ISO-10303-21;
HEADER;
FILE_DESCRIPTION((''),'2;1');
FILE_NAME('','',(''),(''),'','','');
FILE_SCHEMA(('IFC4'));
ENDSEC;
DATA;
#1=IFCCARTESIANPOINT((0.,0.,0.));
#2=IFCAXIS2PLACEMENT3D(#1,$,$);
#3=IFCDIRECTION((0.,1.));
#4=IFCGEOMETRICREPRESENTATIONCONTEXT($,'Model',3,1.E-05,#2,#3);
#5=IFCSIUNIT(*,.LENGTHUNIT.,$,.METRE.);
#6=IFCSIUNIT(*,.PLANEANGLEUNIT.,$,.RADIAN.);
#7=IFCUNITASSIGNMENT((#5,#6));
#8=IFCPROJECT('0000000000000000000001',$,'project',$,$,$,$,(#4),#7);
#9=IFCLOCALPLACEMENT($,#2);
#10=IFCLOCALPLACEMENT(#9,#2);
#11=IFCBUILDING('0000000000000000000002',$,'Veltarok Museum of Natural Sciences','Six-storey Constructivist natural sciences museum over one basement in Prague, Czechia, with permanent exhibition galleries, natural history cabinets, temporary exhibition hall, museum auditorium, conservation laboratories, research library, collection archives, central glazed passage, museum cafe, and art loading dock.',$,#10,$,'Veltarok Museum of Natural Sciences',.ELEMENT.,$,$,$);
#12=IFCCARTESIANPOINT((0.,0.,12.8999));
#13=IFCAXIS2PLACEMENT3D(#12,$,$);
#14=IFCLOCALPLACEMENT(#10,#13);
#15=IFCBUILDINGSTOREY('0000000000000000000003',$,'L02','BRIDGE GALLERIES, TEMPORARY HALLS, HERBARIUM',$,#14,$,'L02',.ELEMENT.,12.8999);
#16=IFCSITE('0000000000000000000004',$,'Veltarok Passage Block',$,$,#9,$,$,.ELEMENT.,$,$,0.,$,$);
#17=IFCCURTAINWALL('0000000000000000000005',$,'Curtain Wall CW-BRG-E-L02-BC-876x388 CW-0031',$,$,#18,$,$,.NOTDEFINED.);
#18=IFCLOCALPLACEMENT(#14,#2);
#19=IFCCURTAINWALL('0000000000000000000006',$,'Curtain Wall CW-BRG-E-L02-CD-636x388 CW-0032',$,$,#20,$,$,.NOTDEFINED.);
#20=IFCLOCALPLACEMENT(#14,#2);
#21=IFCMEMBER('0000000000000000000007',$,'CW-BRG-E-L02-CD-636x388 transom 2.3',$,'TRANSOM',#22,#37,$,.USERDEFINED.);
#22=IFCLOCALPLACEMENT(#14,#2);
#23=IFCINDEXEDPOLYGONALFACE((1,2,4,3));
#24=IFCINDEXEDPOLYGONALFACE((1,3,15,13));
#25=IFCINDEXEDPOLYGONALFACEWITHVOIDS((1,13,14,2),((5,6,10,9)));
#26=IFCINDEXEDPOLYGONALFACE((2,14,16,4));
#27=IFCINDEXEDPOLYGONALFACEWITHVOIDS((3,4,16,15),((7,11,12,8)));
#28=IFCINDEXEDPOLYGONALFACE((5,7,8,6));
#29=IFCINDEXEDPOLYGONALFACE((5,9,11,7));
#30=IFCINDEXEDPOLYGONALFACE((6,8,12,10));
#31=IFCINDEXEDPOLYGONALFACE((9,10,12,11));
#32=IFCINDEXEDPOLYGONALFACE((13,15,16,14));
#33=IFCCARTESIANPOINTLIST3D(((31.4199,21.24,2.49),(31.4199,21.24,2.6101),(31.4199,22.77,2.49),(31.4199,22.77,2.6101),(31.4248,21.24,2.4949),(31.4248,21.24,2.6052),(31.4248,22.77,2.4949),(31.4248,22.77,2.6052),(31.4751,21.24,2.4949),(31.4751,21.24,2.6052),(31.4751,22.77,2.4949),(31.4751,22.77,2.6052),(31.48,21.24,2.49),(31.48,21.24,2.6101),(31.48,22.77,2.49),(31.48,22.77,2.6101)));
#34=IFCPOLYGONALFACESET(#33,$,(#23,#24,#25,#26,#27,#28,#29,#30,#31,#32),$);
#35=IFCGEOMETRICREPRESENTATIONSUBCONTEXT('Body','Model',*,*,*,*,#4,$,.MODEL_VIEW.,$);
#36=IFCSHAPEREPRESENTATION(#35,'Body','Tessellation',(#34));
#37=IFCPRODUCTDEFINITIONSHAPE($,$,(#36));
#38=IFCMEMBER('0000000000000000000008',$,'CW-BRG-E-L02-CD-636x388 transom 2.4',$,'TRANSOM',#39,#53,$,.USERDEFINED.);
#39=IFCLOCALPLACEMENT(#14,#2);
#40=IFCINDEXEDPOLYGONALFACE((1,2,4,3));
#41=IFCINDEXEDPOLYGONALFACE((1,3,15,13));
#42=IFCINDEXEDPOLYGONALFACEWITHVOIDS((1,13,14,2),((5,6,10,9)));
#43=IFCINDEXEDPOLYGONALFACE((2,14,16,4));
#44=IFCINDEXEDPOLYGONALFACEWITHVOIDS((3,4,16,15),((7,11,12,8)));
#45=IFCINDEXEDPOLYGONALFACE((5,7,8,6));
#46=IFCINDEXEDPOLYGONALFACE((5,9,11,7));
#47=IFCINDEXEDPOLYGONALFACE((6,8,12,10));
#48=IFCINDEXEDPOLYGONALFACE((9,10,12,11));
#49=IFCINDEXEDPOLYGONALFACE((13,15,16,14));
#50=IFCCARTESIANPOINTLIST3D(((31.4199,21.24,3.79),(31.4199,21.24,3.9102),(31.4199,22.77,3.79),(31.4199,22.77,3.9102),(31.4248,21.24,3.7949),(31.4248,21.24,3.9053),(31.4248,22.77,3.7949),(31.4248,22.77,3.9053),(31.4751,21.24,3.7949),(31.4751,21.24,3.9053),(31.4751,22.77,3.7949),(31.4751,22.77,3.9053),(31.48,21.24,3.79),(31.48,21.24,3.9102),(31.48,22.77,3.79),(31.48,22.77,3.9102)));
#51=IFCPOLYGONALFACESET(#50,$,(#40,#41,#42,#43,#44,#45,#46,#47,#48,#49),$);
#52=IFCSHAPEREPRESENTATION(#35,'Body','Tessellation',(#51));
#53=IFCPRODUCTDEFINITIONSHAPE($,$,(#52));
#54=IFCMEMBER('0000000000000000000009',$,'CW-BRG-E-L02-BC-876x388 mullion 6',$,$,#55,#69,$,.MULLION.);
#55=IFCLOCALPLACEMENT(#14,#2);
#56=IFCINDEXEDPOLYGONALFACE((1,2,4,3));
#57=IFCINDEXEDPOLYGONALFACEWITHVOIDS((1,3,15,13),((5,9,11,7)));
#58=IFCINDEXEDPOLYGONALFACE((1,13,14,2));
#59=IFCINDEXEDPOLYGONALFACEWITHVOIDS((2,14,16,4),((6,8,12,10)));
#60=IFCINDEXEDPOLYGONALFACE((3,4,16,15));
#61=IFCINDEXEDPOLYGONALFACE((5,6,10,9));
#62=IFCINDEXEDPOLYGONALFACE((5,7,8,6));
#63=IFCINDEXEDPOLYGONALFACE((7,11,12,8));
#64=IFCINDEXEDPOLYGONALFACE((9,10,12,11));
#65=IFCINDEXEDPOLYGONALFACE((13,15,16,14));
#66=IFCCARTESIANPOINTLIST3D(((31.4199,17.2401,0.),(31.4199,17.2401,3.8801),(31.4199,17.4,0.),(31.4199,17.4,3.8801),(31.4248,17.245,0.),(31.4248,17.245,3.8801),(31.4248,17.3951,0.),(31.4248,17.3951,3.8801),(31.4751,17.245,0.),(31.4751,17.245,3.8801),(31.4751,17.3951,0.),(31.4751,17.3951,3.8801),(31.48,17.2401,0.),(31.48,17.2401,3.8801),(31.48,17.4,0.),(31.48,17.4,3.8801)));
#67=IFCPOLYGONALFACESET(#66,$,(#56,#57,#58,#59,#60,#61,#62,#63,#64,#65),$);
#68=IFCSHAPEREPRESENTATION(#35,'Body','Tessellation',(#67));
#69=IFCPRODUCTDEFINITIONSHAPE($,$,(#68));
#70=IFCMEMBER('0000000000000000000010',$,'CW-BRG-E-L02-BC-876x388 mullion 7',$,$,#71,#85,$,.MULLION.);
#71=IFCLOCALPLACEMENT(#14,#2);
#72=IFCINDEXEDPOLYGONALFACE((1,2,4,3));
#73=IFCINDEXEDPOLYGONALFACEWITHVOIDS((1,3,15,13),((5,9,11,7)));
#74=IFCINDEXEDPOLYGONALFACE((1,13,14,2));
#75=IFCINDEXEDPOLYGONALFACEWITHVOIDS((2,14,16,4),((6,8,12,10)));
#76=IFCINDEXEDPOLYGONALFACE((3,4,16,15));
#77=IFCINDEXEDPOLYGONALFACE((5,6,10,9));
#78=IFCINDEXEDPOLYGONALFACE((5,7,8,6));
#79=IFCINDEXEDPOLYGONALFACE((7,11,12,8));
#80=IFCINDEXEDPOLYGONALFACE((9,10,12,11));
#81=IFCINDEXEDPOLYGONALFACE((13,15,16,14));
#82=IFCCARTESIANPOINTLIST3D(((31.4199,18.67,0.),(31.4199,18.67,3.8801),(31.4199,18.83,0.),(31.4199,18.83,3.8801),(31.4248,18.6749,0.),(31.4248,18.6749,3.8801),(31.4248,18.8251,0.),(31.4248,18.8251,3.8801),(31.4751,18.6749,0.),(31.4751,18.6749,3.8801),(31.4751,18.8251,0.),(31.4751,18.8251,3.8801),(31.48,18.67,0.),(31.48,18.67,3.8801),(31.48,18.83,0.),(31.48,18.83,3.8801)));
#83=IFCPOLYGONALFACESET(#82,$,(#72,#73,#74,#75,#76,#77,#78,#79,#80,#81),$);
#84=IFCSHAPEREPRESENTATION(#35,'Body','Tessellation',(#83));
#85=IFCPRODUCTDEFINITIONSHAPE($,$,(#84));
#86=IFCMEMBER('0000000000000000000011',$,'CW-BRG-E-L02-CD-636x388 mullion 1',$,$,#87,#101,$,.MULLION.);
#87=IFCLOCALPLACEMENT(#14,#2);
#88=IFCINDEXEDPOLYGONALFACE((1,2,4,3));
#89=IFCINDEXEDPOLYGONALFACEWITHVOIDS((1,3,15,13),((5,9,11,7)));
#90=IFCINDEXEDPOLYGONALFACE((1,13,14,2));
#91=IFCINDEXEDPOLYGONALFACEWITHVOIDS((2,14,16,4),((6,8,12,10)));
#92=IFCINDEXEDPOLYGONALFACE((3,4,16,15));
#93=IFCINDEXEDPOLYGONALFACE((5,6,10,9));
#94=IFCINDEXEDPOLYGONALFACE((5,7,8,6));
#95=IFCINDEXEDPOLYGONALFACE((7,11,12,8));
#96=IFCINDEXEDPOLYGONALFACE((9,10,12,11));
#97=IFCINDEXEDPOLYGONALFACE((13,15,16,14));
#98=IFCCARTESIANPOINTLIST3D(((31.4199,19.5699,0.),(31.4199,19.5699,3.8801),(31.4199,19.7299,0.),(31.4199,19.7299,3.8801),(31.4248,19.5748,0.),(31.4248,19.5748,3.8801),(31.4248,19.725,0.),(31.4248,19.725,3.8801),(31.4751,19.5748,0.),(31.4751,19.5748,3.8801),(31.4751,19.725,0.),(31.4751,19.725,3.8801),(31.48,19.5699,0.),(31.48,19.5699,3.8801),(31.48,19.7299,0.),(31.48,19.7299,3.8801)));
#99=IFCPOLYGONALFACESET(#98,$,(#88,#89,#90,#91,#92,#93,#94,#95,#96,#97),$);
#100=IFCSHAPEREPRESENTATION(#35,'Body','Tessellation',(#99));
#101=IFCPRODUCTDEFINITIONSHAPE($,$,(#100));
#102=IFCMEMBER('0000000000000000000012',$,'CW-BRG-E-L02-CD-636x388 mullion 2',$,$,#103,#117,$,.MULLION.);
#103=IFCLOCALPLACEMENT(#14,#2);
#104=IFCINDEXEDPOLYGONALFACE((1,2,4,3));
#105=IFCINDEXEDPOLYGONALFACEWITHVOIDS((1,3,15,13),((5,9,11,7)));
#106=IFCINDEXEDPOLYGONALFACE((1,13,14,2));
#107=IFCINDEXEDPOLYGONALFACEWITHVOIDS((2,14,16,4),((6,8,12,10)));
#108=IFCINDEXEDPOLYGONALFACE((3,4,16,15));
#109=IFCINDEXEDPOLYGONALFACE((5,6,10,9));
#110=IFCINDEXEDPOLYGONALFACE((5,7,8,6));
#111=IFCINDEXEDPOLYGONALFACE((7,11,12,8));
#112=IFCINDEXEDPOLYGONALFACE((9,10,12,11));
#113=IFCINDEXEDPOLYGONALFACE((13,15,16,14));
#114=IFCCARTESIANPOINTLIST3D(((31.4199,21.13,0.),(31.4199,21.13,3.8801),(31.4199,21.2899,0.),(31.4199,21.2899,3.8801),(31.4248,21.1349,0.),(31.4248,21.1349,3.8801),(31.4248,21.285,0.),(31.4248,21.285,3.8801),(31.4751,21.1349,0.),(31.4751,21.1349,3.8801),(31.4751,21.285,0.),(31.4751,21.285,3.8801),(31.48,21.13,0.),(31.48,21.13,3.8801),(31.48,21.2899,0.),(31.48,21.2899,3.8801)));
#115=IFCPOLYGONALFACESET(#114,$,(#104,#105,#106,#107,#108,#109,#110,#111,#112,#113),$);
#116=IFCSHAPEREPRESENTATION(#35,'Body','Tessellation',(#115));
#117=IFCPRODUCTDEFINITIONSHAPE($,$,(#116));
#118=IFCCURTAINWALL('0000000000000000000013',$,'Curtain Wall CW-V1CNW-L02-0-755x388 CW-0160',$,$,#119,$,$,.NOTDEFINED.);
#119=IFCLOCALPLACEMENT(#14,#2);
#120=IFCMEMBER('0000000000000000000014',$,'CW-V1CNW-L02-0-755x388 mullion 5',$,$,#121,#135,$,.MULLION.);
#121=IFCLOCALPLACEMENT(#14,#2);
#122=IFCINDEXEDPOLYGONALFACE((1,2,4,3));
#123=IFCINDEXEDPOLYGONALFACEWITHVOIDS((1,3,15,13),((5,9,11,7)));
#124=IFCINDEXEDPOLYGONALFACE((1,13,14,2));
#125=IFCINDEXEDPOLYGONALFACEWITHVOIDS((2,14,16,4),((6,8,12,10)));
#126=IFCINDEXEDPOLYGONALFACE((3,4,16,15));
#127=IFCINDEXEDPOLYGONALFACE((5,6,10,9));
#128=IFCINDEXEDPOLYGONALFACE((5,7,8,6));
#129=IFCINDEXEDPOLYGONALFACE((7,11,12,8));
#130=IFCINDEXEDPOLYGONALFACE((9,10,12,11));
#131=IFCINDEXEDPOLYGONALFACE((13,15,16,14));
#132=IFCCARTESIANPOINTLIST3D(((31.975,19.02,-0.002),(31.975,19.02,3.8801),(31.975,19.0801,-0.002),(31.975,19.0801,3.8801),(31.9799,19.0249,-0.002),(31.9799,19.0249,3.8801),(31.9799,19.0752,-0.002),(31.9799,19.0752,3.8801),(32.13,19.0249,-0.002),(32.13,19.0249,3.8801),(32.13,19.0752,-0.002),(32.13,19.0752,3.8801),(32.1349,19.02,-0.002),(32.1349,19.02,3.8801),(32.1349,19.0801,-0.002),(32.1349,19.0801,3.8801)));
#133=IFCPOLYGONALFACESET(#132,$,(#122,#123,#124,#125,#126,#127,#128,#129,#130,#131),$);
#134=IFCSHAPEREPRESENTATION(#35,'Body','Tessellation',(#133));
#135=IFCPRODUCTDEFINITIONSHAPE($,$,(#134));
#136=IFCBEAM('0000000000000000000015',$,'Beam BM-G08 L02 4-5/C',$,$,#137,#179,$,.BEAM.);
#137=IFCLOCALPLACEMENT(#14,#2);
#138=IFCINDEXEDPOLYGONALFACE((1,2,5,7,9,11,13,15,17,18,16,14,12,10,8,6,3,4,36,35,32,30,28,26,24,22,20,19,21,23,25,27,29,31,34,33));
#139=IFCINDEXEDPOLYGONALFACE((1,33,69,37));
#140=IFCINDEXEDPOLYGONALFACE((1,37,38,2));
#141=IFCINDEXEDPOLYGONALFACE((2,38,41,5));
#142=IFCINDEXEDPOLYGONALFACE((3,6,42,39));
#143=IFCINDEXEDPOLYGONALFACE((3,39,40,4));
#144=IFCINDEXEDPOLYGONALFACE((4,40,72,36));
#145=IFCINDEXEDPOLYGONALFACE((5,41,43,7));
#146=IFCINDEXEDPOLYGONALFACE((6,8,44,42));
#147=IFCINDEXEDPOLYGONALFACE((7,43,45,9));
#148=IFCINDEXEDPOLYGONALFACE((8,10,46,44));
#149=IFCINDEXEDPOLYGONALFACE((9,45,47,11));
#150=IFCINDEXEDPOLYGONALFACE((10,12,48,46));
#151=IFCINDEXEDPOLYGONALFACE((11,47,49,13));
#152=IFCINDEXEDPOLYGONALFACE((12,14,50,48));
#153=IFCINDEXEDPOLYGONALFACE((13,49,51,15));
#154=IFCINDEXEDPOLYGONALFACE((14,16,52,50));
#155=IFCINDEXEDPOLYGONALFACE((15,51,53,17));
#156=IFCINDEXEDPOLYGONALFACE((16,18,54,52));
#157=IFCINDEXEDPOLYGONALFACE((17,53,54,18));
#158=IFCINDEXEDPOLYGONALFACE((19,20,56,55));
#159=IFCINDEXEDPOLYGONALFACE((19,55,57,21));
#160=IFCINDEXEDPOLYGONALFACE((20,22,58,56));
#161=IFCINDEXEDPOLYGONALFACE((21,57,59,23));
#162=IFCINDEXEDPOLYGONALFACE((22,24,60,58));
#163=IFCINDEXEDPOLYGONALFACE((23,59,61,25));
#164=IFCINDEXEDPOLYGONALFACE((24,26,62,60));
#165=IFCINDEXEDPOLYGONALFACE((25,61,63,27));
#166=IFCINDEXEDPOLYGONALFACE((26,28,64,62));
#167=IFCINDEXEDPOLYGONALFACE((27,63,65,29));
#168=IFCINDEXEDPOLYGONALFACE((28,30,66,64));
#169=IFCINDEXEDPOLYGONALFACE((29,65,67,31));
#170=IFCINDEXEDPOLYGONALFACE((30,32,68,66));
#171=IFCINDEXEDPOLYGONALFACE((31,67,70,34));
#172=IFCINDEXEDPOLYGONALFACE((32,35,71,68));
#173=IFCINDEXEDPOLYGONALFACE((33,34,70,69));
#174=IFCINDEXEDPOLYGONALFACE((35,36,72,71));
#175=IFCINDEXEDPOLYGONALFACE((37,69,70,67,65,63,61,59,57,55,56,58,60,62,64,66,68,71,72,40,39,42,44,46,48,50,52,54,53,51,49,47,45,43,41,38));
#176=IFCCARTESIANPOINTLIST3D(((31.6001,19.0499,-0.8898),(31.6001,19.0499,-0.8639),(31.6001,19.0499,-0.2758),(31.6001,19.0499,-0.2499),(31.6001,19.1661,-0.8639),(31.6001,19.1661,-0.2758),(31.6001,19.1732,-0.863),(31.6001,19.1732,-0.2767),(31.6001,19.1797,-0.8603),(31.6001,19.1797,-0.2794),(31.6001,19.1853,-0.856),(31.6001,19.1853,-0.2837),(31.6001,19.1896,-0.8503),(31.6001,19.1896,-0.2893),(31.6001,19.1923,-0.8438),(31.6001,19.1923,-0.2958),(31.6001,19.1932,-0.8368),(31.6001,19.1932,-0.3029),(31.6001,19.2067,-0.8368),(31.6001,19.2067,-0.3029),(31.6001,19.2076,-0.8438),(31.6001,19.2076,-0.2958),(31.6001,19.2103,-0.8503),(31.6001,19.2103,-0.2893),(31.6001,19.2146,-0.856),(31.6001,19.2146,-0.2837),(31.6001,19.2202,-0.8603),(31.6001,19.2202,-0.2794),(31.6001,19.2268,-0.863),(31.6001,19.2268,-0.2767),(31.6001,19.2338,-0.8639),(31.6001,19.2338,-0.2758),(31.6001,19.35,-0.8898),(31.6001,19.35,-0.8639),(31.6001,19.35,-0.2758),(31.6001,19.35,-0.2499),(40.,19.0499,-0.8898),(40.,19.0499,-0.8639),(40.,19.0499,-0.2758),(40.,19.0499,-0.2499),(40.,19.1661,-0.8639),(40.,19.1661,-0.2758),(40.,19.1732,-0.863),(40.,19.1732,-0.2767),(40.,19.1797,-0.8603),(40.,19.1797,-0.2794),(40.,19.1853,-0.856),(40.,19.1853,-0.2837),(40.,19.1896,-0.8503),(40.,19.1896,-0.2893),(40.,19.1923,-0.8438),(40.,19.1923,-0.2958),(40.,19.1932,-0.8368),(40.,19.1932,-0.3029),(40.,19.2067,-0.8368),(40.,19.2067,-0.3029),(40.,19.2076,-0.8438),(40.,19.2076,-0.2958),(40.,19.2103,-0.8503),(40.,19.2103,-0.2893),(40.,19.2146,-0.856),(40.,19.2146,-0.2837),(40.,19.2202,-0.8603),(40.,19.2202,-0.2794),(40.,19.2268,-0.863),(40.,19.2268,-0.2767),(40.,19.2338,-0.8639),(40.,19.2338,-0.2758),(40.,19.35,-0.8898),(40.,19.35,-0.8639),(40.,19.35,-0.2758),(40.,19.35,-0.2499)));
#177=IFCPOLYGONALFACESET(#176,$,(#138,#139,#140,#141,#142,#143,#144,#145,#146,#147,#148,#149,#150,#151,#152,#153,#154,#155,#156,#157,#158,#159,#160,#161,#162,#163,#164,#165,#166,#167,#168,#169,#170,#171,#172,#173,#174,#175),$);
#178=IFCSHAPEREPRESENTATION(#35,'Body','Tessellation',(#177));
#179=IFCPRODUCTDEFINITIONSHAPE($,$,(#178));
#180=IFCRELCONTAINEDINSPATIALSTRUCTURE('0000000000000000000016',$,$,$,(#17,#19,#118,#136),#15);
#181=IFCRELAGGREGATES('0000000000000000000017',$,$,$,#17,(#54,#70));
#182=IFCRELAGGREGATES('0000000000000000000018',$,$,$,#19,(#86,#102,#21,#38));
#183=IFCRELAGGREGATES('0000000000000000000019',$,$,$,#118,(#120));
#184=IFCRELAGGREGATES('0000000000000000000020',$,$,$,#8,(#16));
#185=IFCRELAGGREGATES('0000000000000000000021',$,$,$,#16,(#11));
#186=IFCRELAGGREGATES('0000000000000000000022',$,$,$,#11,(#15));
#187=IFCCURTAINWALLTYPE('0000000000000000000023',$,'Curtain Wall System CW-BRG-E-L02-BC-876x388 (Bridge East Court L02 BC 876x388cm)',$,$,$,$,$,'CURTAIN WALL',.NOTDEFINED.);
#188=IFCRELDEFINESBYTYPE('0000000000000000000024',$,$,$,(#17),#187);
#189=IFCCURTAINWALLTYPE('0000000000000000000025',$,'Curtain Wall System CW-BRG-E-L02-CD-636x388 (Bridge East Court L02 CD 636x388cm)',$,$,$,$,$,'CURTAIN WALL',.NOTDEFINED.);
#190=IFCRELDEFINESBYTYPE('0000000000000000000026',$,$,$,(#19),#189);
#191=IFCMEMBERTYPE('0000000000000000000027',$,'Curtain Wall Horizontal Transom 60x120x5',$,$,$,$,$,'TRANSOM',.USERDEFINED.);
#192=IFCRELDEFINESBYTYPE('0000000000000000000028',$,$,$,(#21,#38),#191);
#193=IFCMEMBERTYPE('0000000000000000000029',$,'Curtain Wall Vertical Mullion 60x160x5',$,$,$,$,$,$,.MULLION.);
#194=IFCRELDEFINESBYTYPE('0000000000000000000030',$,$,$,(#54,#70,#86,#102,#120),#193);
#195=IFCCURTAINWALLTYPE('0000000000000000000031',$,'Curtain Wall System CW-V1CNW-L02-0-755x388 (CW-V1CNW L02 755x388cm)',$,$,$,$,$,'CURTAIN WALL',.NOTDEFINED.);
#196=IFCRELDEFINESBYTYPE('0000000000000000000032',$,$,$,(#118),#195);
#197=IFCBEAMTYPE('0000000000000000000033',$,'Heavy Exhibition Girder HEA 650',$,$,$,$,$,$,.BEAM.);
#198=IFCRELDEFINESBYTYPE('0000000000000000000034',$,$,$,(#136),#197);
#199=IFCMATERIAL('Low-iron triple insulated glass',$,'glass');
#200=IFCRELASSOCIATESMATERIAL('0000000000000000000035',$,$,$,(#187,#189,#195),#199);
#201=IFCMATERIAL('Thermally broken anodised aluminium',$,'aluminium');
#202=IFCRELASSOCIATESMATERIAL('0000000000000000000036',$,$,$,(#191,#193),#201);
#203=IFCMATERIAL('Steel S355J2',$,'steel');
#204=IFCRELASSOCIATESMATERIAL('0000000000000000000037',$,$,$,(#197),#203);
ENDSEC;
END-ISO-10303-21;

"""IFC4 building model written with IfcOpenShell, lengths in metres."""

from ifc_helpers import new_model, si_unit, direction, frame, origin, origin_2d, place, context, subcontext, project, spatial, hollow_rectangle, i_section, extrude, material, material_profile, profile_set, type_object, element, aggregate, save


model = new_model("IFC4")

# Units and contexts
model_context = context("Model", 3, precision=1e-05, world=origin(), true_north=direction((0.0, 1.0)))
body_context = subcontext(model_context, "Body", "Model", "MODEL_VIEW")
ifc_project = project(units=[si_unit("LENGTHUNIT", "METRE"), si_unit("PLANEANGLEUNIT", "RADIAN")], contexts=[model_context])

# Site, building, storey
site_placement = place(None, origin())
site = spatial("IfcSite", under=ifc_project, at=site_placement, Name="Veltarok Passage Block", CompositionType="ELEMENT", RefElevation=0.0)
building_placement = place(site_placement, origin())
building = spatial("IfcBuilding", under=site, at=building_placement, Name="Veltarok Museum of Natural Sciences", Description="Six-storey Constructivist natural sciences museum over one basement in Prague, Czechia, with permanent exhibition galleries, natural history cabinets, temporary exhibition hall, museum auditorium, conservation laboratories, research library, collection archives, central glazed passage, museum cafe, and art loading dock.", LongName="Veltarok Museum of Natural Sciences", CompositionType="ELEMENT")
storey_placement = place(building_placement, frame((0.0, 0.0, 12.8999)))
storey = spatial("IfcBuildingStorey", under=building, at=storey_placement, Name="L02", Description="BRIDGE GALLERIES, TEMPORARY HALLS, HERBARIUM", LongName="L02", CompositionType="ELEMENT", Elevation=12.8999)

# Curtain walls, members
ifc_material_1 = material(Name="Low-iron triple insulated glass", Category="glass")
curtain_wall_type_1 = type_object("IfcCurtainWallType", Name="Curtain Wall System CW-BRG-E-L02-BC-876x388 (Bridge East Court L02 BC 876x388cm)", ElementType="CURTAIN WALL", PredefinedType="NOTDEFINED", material=ifc_material_1)
curtain_wall_1_placement = place(storey_placement, origin())
curtain_wall_1 = element("IfcCurtainWall", 1, at=curtain_wall_1_placement, inside=storey, type_object=curtain_wall_type_1, Name="Curtain Wall CW-BRG-E-L02-BC-876x388 CW-0031", PredefinedType="NOTDEFINED")
ifc_material_2 = material(Name="Thermally broken anodised aluminium", Category="aluminium")
ifc_material_profile_1 = material_profile(ifc_material_2, hollow_rectangle(XDim=0.0601, YDim=0.1201, WallThickness=0.0049, at=origin_2d()), Name="CW TRANSOM 60x120x5")
ifc_profile_set_1 = profile_set([ifc_material_profile_1], Name="Thermally broken anodised aluminium")
member_type_1 = type_object("IfcMemberType", Name="Curtain Wall Horizontal Transom 60x120x5", ElementType="TRANSOM", PredefinedType="USERDEFINED", material=ifc_profile_set_1)
curtain_wall_type_2 = type_object("IfcCurtainWallType", Name="Curtain Wall System CW-BRG-E-L02-CD-636x388 (Bridge East Court L02 CD 636x388cm)", ElementType="CURTAIN WALL", PredefinedType="NOTDEFINED", material=ifc_material_1)
curtain_wall_2_placement = place(storey_placement, origin())
curtain_wall_2 = element("IfcCurtainWall", 2, at=curtain_wall_2_placement, inside=storey, type_object=curtain_wall_type_2, Name="Curtain Wall CW-BRG-E-L02-CD-636x388 CW-0032", PredefinedType="NOTDEFINED")
member_1_placement = place(storey_placement, frame((31.45, 21.24, 2.55), z_axis=(0.0, 1.0, 0.0), x_axis=(-1.0, 0.0, 0.0)))
member_1 = element("IfcMember", 3, at=member_1_placement, type_object=member_type_1, Name="CW-BRG-E-L02-CD-636x388 transom 2.3", ObjectType="TRANSOM", PredefinedType="USERDEFINED", context=body_context, shape_type="SweptSolid", body=[
    extrude(hollow_rectangle(XDim=0.0601, YDim=0.1201, WallThickness=0.0049, at=origin_2d()), origin(), (0.0, 0.0, 1.0), 1.53),
])
member_2_placement = place(storey_placement, frame((31.45, 21.24, 3.8501), z_axis=(0.0, 1.0, 0.0), x_axis=(-1.0, 0.0, 0.0)))
member_2 = element("IfcMember", 4, at=member_2_placement, type_object=member_type_1, Name="CW-BRG-E-L02-CD-636x388 transom 2.4", ObjectType="TRANSOM", PredefinedType="USERDEFINED", context=body_context, shape_type="SweptSolid", body=[
    extrude(hollow_rectangle(XDim=0.0601, YDim=0.1201, WallThickness=0.0049, at=origin_2d()), origin(), (0.0, 0.0, 1.0), 1.53),
])

# Members
ifc_material_profile_2 = material_profile(ifc_material_2, hollow_rectangle(XDim=0.0601, YDim=0.1599, WallThickness=0.0049, at=origin_2d()), Name="CW MULLION 60x160x5")
ifc_profile_set_2 = profile_set([ifc_material_profile_2], Name="Thermally broken anodised aluminium")
member_type_2 = type_object("IfcMemberType", Name="Curtain Wall Vertical Mullion 60x160x5", PredefinedType="MULLION", material=ifc_profile_set_2)
member_3_placement = place(storey_placement, frame((31.45, 17.3201, 0.0), z_axis=(0.0, 0.0, 1.0), x_axis=(-1.0, 0.0, 0.0)))
member_3 = element("IfcMember", 5, at=member_3_placement, type_object=member_type_2, Name="CW-BRG-E-L02-BC-876x388 mullion 6", PredefinedType="MULLION", context=body_context, shape_type="SweptSolid", body=[
    extrude(hollow_rectangle(XDim=0.0601, YDim=0.1599, WallThickness=0.0049, at=origin_2d()), origin(), (0.0, 0.0, 1.0), 3.8801),
])
member_4_placement = place(storey_placement, frame((31.45, 18.75, 0.0), z_axis=(0.0, 0.0, 1.0), x_axis=(-1.0, 0.0, 0.0)))
member_4 = element("IfcMember", 6, at=member_4_placement, type_object=member_type_2, Name="CW-BRG-E-L02-BC-876x388 mullion 7", PredefinedType="MULLION", context=body_context, shape_type="SweptSolid", body=[
    extrude(hollow_rectangle(XDim=0.0601, YDim=0.1599, WallThickness=0.0049, at=origin_2d()), origin(), (0.0, 0.0, 1.0), 3.8801),
])
member_5_placement = place(storey_placement, frame((31.45, 19.6499, 0.0), z_axis=(0.0, 0.0, 1.0), x_axis=(-1.0, 0.0, 0.0)))
member_5 = element("IfcMember", 7, at=member_5_placement, type_object=member_type_2, Name="CW-BRG-E-L02-CD-636x388 mullion 1", PredefinedType="MULLION", context=body_context, shape_type="SweptSolid", body=[
    extrude(hollow_rectangle(XDim=0.0601, YDim=0.1599, WallThickness=0.0049, at=origin_2d()), origin(), (0.0, 0.0, 1.0), 3.8801),
])
member_6_placement = place(storey_placement, frame((31.45, 21.21, 0.0), z_axis=(0.0, 0.0, 1.0), x_axis=(-1.0, 0.0, 0.0)))
member_6 = element("IfcMember", 8, at=member_6_placement, type_object=member_type_2, Name="CW-BRG-E-L02-CD-636x388 mullion 2", PredefinedType="MULLION", context=body_context, shape_type="SweptSolid", body=[
    extrude(hollow_rectangle(XDim=0.0601, YDim=0.1599, WallThickness=0.0049, at=origin_2d()), origin(), (0.0, 0.0, 1.0), 3.8801),
])

# Curtain wall, member
curtain_wall_type_3 = type_object("IfcCurtainWallType", Name="Curtain Wall System CW-V1CNW-L02-0-755x388 (CW-V1CNW L02 755x388cm)", ElementType="CURTAIN WALL", PredefinedType="NOTDEFINED", material=ifc_material_1)
curtain_wall_3_placement = place(storey_placement, origin())
curtain_wall_3 = element("IfcCurtainWall", 9, at=curtain_wall_3_placement, inside=storey, type_object=curtain_wall_type_3, Name="Curtain Wall CW-V1CNW-L02-0-755x388 CW-0160", PredefinedType="NOTDEFINED")
member_7_placement = place(storey_placement, frame((32.0549, 19.05, -0.002), z_axis=(0.0, 0.0, 1.0), x_axis=(0.0, -1.0, 0.0)))
member_7 = element("IfcMember", 10, at=member_7_placement, type_object=member_type_2, Name="CW-V1CNW-L02-0-755x388 mullion 5", PredefinedType="MULLION", context=body_context, shape_type="SweptSolid", body=[
    extrude(hollow_rectangle(XDim=0.0601, YDim=0.1599, WallThickness=0.0049, at=origin_2d()), origin(), (0.0, 0.0, 1.0), 3.8821),
])

# Beam
ifc_material_3 = material(Name="Steel S355J2", Category="steel")
ifc_material_profile_3 = material_profile(ifc_material_3, i_section(OverallWidth=0.3, OverallDepth=0.6399, WebThickness=0.0134, FlangeThickness=0.0259, FilletRadius=0.0271, at=origin_2d()), Name="HEA 650")
ifc_profile_set_3 = profile_set([ifc_material_profile_3], Name="Steel S355J2")
beam_type_1 = type_object("IfcBeamType", Name="Heavy Exhibition Girder HEA 650", PredefinedType="BEAM", material=ifc_profile_set_3)
beam_1_placement = place(storey_placement, frame((31.6001, 19.2, -0.5698), z_axis=(1.0, 0.0, 0.0), x_axis=(0.0, 1.0, 0.0)))
element("IfcBeam", 11, at=beam_1_placement, inside=storey, type_object=beam_type_1, Name="Beam BM-G08 L02 4-5/C", PredefinedType="BEAM", context=body_context, shape_type="SweptSolid", body=[
    extrude(i_section(OverallWidth=0.3, OverallDepth=0.6399, WebThickness=0.0134, FlangeThickness=0.0259, FilletRadius=0.0271, at=origin_2d()), origin(), (0.0, 0.0, 1.0), 8.3999),
])

aggregate(curtain_wall_1, [member_3, member_4])
aggregate(curtain_wall_2, [member_5, member_6, member_1, member_2])
aggregate(curtain_wall_3, [member_7])

save(model, "model.ifc")
